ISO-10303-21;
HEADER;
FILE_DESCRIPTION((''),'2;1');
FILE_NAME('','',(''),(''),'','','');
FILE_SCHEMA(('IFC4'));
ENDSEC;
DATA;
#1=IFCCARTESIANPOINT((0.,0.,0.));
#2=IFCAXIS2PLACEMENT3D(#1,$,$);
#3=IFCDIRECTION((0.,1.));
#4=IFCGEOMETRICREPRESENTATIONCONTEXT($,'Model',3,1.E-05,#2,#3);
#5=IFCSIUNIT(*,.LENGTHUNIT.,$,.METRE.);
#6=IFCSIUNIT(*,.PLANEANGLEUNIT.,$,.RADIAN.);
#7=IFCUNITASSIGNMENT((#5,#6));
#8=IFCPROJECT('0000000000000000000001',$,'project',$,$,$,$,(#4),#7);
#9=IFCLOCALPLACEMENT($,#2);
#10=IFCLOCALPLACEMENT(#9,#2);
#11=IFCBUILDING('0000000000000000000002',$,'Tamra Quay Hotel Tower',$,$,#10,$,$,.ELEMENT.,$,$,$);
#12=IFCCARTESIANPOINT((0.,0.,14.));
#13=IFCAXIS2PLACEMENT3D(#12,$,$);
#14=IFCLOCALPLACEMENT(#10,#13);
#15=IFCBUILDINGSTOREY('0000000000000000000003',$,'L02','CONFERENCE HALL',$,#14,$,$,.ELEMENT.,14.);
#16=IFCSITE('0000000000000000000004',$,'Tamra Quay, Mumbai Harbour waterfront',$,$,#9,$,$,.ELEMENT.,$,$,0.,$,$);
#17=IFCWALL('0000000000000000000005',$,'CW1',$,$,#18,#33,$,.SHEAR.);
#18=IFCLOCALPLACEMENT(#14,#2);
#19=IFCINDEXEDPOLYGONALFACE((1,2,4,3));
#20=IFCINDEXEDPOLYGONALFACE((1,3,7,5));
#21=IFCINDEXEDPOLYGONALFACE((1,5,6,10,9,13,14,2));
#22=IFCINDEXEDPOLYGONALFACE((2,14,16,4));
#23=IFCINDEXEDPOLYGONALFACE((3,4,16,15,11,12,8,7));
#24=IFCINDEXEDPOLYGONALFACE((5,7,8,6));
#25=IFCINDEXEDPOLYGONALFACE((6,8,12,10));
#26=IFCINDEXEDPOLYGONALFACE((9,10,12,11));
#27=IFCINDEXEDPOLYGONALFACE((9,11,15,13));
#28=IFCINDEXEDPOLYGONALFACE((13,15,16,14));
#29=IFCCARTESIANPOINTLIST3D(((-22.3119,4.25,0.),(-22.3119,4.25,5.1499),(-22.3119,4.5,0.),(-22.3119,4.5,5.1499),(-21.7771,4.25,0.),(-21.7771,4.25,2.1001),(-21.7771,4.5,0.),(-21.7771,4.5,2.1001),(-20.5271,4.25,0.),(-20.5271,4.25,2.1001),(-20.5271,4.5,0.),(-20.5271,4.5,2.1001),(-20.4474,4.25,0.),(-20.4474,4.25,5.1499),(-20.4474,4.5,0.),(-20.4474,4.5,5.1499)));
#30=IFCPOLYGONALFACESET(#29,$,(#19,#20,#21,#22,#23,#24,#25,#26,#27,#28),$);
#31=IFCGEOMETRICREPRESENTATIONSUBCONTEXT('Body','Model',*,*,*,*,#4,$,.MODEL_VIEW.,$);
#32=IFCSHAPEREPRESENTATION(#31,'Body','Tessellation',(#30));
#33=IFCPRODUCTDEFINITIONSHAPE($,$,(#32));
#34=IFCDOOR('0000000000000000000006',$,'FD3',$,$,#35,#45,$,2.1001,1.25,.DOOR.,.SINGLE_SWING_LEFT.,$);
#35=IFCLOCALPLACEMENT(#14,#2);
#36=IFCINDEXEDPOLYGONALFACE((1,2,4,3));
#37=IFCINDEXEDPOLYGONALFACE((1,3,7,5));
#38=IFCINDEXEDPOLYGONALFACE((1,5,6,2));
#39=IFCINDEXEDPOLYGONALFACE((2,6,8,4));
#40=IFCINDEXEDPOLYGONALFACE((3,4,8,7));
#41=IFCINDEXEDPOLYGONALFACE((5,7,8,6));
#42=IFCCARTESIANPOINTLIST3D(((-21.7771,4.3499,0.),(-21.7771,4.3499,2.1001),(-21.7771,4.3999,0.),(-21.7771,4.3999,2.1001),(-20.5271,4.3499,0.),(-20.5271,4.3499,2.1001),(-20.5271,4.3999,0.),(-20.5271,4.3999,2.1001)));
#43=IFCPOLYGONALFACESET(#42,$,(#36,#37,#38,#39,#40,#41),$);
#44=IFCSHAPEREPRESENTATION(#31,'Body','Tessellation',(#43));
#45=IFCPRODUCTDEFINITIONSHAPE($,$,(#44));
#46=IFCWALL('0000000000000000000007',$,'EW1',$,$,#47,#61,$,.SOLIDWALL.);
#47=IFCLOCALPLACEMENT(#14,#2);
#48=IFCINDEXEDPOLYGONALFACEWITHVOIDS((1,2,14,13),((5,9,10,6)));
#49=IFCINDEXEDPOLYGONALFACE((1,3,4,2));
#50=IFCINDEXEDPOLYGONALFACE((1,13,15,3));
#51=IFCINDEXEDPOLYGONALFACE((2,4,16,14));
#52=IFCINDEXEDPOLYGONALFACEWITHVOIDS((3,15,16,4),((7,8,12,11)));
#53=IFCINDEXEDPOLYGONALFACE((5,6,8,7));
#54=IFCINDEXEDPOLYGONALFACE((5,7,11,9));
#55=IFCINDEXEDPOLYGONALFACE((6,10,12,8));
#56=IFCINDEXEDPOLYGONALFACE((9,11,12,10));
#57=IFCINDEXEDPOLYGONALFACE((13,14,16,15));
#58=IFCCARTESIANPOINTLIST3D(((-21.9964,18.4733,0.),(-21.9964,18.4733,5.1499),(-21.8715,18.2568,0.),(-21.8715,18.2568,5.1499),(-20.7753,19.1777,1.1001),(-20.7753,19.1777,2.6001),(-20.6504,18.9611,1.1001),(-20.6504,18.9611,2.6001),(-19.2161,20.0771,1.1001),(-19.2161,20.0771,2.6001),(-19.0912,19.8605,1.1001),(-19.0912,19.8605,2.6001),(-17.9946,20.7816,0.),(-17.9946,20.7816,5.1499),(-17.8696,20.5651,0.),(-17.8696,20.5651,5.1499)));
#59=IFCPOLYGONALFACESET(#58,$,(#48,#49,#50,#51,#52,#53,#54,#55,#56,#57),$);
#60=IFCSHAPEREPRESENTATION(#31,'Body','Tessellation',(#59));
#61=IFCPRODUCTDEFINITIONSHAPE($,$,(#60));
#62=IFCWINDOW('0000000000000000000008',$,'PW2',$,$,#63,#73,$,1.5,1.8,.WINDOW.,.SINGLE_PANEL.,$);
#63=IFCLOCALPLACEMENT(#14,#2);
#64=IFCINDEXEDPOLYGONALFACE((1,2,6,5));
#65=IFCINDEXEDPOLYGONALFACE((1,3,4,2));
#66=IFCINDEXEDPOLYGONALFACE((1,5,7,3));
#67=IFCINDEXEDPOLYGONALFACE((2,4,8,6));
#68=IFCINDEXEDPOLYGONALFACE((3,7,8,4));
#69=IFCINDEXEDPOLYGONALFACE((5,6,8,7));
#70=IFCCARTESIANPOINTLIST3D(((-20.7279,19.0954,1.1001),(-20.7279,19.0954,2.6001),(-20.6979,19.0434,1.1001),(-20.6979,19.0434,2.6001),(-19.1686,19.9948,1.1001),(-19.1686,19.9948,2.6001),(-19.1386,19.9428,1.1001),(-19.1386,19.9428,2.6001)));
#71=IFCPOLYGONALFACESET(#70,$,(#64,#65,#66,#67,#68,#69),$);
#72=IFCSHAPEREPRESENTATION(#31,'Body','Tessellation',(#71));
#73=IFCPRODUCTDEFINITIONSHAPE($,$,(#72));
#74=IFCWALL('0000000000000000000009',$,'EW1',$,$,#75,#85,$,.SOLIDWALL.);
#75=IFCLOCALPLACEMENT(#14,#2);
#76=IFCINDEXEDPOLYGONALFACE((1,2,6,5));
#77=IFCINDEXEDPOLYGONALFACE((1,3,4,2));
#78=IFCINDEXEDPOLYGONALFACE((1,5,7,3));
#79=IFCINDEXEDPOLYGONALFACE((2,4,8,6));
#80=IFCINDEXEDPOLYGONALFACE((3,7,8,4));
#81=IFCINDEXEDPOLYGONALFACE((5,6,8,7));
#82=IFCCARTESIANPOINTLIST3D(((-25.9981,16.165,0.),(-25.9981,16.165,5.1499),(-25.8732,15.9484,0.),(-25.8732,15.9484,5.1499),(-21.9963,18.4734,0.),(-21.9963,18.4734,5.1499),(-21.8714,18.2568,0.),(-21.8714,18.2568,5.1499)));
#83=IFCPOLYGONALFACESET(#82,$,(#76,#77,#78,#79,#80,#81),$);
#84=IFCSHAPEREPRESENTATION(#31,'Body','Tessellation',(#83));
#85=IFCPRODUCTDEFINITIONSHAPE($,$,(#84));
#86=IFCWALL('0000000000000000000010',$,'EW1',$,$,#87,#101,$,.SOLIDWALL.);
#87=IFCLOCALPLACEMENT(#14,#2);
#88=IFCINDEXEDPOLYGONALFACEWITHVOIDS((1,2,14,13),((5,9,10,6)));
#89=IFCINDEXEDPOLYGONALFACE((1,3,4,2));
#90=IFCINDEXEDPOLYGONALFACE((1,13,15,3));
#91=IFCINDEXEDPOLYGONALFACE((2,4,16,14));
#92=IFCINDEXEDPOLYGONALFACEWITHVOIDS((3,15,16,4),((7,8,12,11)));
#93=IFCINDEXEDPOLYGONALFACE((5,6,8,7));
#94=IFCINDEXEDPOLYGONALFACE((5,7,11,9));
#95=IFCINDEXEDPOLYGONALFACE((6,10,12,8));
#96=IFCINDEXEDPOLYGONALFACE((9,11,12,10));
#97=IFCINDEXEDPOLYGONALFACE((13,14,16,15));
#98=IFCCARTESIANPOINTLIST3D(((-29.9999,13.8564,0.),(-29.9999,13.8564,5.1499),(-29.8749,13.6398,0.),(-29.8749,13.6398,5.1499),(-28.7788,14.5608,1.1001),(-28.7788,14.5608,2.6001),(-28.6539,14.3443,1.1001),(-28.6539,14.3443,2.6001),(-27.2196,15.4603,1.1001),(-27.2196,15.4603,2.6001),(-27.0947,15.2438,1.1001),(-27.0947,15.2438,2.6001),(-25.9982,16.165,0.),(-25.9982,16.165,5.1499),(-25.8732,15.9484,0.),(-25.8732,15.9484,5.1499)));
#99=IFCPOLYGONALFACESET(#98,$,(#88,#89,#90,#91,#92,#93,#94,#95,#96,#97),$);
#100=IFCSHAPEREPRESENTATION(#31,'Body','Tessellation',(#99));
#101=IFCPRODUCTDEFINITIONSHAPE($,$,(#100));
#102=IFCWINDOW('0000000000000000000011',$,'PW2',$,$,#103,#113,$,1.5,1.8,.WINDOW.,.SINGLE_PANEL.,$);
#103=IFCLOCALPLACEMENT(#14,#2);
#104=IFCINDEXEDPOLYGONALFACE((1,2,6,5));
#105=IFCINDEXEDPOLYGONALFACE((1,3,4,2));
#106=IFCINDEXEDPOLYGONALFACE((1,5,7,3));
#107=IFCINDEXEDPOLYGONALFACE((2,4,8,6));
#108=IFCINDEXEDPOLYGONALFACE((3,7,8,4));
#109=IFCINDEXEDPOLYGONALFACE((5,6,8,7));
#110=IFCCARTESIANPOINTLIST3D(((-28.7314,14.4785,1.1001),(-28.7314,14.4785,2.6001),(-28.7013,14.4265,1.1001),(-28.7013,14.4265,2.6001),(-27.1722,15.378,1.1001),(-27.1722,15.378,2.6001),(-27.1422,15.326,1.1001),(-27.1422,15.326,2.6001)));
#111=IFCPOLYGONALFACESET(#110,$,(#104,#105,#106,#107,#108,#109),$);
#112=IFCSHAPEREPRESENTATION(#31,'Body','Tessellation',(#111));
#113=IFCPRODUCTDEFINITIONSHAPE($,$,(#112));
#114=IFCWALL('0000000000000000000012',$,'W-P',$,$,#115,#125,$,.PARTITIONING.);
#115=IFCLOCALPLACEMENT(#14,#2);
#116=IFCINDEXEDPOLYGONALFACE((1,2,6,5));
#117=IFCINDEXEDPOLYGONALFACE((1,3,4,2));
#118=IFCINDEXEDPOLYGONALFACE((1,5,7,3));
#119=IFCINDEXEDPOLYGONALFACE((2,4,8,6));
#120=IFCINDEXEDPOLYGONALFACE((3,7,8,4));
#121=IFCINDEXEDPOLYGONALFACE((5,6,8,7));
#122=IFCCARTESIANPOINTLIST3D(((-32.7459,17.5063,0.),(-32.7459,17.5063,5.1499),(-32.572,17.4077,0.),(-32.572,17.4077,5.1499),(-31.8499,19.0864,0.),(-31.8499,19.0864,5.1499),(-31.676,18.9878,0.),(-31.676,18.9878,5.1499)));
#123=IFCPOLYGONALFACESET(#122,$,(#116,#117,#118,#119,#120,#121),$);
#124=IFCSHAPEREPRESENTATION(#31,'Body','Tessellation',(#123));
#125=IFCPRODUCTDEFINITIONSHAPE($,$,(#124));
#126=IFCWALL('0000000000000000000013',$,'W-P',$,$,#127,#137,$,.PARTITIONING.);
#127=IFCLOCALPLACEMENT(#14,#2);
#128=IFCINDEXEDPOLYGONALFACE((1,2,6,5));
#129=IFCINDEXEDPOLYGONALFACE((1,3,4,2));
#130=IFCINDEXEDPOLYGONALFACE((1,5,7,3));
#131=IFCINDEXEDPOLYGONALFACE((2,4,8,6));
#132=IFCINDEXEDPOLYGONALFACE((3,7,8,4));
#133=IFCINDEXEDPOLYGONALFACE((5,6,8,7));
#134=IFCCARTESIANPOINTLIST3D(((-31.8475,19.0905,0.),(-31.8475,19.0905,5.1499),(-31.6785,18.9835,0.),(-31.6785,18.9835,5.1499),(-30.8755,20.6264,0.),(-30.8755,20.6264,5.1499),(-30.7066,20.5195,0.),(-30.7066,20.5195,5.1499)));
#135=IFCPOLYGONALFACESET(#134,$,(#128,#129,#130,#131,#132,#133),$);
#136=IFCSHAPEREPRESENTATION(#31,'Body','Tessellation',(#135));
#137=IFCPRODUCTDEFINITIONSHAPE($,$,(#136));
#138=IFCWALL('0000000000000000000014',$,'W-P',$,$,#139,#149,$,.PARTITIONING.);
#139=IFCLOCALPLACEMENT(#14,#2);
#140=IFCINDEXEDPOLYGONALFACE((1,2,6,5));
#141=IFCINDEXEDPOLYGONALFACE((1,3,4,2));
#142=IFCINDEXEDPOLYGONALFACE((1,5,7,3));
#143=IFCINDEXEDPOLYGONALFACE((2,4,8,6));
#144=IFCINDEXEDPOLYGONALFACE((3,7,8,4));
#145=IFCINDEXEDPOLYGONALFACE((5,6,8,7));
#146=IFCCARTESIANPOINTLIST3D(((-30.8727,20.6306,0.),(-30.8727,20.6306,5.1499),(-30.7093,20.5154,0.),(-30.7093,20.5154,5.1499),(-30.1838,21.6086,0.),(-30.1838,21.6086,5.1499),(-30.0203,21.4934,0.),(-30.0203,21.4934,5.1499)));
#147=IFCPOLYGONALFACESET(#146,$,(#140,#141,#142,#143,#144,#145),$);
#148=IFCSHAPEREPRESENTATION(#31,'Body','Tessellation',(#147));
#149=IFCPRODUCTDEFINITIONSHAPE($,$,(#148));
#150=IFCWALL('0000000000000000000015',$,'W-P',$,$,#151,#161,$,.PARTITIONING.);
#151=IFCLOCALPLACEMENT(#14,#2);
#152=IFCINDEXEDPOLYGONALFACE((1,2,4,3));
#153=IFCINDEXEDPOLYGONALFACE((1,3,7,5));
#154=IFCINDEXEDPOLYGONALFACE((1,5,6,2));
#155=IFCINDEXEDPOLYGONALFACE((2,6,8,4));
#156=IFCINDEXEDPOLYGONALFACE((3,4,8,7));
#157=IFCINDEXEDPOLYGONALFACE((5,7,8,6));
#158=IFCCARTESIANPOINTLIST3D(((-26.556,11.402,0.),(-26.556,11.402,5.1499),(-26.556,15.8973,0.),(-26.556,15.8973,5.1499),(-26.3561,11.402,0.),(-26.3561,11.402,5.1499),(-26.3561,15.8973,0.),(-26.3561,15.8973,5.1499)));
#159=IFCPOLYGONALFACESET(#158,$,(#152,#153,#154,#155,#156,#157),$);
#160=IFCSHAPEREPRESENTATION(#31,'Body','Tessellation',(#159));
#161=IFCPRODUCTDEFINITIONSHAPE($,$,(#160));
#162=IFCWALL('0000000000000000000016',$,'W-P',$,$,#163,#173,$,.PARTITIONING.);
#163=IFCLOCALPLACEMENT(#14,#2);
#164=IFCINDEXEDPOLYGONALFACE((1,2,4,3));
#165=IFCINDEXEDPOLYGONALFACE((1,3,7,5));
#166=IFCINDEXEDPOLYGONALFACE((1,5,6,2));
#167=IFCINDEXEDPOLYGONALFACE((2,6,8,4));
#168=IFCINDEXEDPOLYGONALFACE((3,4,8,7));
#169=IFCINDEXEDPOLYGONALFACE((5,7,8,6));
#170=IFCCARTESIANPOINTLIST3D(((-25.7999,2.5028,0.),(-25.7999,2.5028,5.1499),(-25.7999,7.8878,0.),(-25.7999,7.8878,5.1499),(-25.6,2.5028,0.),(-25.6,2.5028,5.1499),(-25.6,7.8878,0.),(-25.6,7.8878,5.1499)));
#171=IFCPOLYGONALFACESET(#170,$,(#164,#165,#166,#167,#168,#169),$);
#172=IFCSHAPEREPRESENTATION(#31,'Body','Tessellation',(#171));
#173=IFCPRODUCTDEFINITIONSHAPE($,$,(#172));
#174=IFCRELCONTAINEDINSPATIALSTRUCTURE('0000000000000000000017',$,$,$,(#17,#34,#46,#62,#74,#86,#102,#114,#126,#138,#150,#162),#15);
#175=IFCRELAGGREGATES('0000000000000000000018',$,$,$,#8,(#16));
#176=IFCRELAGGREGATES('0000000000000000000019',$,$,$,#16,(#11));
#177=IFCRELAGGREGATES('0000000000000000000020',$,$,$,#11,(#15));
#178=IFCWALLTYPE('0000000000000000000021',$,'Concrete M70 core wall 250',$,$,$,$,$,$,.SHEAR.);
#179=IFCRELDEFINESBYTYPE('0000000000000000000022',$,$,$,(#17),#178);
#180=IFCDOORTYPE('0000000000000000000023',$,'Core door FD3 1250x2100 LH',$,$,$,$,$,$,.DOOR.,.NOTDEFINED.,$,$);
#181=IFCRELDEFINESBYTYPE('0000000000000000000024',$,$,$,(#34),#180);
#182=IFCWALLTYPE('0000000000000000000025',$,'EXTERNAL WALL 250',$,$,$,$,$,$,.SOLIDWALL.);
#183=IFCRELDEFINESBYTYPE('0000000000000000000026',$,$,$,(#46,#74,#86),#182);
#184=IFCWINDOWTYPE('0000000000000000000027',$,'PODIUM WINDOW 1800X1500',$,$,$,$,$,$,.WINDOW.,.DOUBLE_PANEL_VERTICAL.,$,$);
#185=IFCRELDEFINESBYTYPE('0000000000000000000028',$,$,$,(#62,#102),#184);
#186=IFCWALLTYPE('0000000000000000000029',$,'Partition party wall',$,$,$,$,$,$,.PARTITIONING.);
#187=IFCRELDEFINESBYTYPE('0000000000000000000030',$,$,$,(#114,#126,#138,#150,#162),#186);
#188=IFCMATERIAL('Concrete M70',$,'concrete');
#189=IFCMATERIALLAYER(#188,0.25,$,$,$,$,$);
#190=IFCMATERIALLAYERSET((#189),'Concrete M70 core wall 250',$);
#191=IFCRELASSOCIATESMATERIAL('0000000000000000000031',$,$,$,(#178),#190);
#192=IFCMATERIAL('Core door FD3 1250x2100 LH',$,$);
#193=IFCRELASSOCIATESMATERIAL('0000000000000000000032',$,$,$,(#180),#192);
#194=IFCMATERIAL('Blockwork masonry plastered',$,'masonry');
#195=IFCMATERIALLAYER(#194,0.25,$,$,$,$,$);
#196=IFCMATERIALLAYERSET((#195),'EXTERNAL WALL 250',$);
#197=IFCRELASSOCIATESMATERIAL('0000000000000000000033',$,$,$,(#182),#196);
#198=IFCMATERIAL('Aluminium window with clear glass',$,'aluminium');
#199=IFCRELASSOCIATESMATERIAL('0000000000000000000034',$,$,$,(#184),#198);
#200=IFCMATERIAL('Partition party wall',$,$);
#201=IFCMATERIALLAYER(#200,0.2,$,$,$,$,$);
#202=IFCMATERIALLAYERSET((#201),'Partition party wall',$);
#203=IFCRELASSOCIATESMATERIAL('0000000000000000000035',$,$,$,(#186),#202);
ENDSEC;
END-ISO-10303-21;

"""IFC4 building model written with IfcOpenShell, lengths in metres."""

from ifc_helpers import new_model, si_unit, direction, frame, frame_2d, origin, place, context, subcontext, project, spatial, rectangle, extrude, material, layer, layer_set, type_object, element, fill, save


model = new_model("IFC4")

# Units and contexts
model_context = context("Model", 3, precision=1e-05, world=origin(), true_north=direction((0.0, 1.0)))
body_context = subcontext(model_context, "Body", "Model", "MODEL_VIEW")
ifc_project = project(units=[si_unit("LENGTHUNIT", "METRE"), si_unit("PLANEANGLEUNIT", "RADIAN")], contexts=[model_context])

# Site, building, storey
site_placement = place(None, origin())
site = spatial("IfcSite", under=ifc_project, at=site_placement, Name="Tamra Quay, Mumbai Harbour waterfront", CompositionType="ELEMENT", RefElevation=0.0)
building_placement = place(site_placement, origin())
building = spatial("IfcBuilding", under=site, at=building_placement, Name="Tamra Quay Hotel Tower", CompositionType="ELEMENT")
storey_placement = place(building_placement, frame((0.0, 0.0, 14.0)))
storey = spatial("IfcBuildingStorey", under=building, at=storey_placement, Name="L02", Description="CONFERENCE HALL", CompositionType="ELEMENT", Elevation=14.0)

# Shared definitions
ifc_material_1 = material(Name="Concrete M70", Category="concrete")

# Wall, opening, door
ifc_layer_1 = layer(ifc_material_1, 0.25)
ifc_layer_set_1 = layer_set([ifc_layer_1], Name="Concrete M70 core wall 250")
wall_type_1 = type_object("IfcWallType", Name="Concrete M70 core wall 250", PredefinedType="SHEAR", material=ifc_layer_set_1)
wall_1_placement = place(storey_placement, frame((-22.3118, 4.375, 0.0), z_axis=(0.0, 0.0, 1.0), x_axis=(1.0, 0.0, 0.0)))
wall_1 = element("IfcWall", 1, at=wall_1_placement, inside=storey, type_object=wall_type_1, Name="CW1", PredefinedType="SHEAR", context=body_context, shape_type="SweptSolid", body=[
    extrude(rectangle(XDim=1.8645, YDim=0.25, at=frame_2d((0.9321, 0.0))), origin(), (0.0, 0.0, 1.0), 5.1499),
])
opening_1_placement = place(wall_1_placement, frame((0.5347, 0.0, 0.0)))
opening_1 = element("IfcOpeningElement", 2, at=opening_1_placement, cuts=wall_1, PredefinedType="OPENING", context=body_context, shape_type="SweptSolid", body=[
    extrude(rectangle(XDim=1.25, YDim=2.1001, at=frame_2d((0.625, 1.05))), frame((0.0, 0.135, 0.0), z_axis=(0.0, -1.0, 0.0), x_axis=(1.0, 0.0, 0.0)), (0.0, 0.0, 1.0), 0.27),
])
ifc_material_2 = material(Name="Core door FD3 1250x2100 LH")
door_type = type_object("IfcDoorType", Name="Core door FD3 1250x2100 LH", OperationType="NOTDEFINED", PredefinedType="DOOR", material=ifc_material_2)
door_placement = place(opening_1_placement, origin())
door = element("IfcDoor", 3, at=door_placement, inside=storey, type_object=door_type, Name="FD3", OperationType="SINGLE_SWING_LEFT", OverallHeight=2.1001, OverallWidth=1.25, PredefinedType="DOOR", context=body_context, shape_type="SweptSolid", body=[
    extrude(rectangle(XDim=1.25, YDim=2.1001, at=frame_2d((0.625, 1.05))), frame((0.0, 0.0249, 0.0), z_axis=(0.0, -1.0, 0.0), x_axis=(1.0, 0.0, 0.0)), (0.0, 0.0, 1.0), 0.05),
])
fill(opening_1, door)

# Wall, opening, window
ifc_material_3 = material(Name="Blockwork masonry plastered", Category="masonry")
ifc_layer_2 = layer(ifc_material_3, 0.25)
ifc_layer_set_2 = layer_set([ifc_layer_2], Name="EXTERNAL WALL 250")
wall_type_2 = type_object("IfcWallType", Name="EXTERNAL WALL 250", PredefinedType="SOLIDWALL", material=ifc_layer_set_2)
wall_2_placement = place(storey_placement, frame((-21.9341, 18.365, 0.0), z_axis=(0.0, 0.0, 1.0), x_axis=(0.86623, 0.499646, 0.0)))
wall_2 = element("IfcWall", 4, at=wall_2_placement, inside=storey, type_object=wall_type_2, Name="EW1", PredefinedType="SOLIDWALL", context=body_context, shape_type="SweptSolid", body=[
    extrude(rectangle(XDim=4.6199, YDim=0.25, at=frame_2d((2.3101, 0.0))), origin(), (0.0, 0.0, 1.0), 5.1499),
])
opening_2_placement = place(wall_2_placement, frame((1.4099, 0.0, 1.1001)))
opening_2 = element("IfcOpeningElement", 5, at=opening_2_placement, cuts=wall_2, PredefinedType="OPENING", context=body_context, shape_type="SweptSolid", body=[
    extrude(rectangle(XDim=1.8, YDim=1.5, at=frame_2d((0.8999, 0.75))), frame((0.0, 0.135, 0.0), z_axis=(0.0, -1.0, 0.0), x_axis=(1.0, 0.0, 0.0)), (0.0, 0.0, 1.0), 0.27),
])
ifc_material_4 = material(Name="Aluminium window with clear glass", Category="aluminium")
window_type = type_object("IfcWindowType", Name="PODIUM WINDOW 1800X1500", PartitioningType="DOUBLE_PANEL_VERTICAL", PredefinedType="WINDOW", material=ifc_material_4)
window_1_placement = place(opening_2_placement, origin())
window_1 = element("IfcWindow", 6, at=window_1_placement, inside=storey, type_object=window_type, Name="PW2", OverallHeight=1.5, OverallWidth=1.8, PartitioningType="SINGLE_PANEL", PredefinedType="WINDOW", context=body_context, shape_type="SweptSolid", body=[
    extrude(rectangle(XDim=1.8, YDim=1.5, at=frame_2d((0.8999, 0.75))), frame((0.0, 0.03, 0.0), z_axis=(0.0, -1.0, 0.0), x_axis=(1.0, 0.0, 0.0)), (0.0, 0.0, 1.0), 0.0601),
])
fill(opening_2, window_1)

# Wall
wall_3_placement = place(storey_placement, frame((-25.9358, 16.0566, 0.0), z_axis=(0.0, 0.0, 1.0), x_axis=(0.866216, 0.499669, 0.0)))
element("IfcWall", 7, at=wall_3_placement, inside=storey, type_object=wall_type_2, Name="EW1", PredefinedType="SOLIDWALL", context=body_context, shape_type="SweptSolid", body=[
    extrude(rectangle(XDim=4.6199, YDim=0.25, at=frame_2d((2.3101, 0.0))), origin(), (0.0, 0.0, 1.0), 5.1499),
])

# Wall, opening, window
wall_4_placement = place(storey_placement, frame((-29.9375, 13.748, 0.0), z_axis=(0.0, 0.0, 1.0), x_axis=(0.866194, 0.499709, 0.0)))
wall_4 = element("IfcWall", 8, at=wall_4_placement, inside=storey, type_object=wall_type_2, Name="EW1", PredefinedType="SOLIDWALL", context=body_context, shape_type="SweptSolid", body=[
    extrude(rectangle(XDim=4.6199, YDim=0.25, at=frame_2d((2.3101, 0.0))), origin(), (0.0, 0.0, 1.0), 5.1499),
])
opening_3_placement = place(wall_4_placement, frame((1.4099, 0.0, 1.1001)))
opening_3 = element("IfcOpeningElement", 9, at=opening_3_placement, cuts=wall_4, PredefinedType="OPENING", context=body_context, shape_type="SweptSolid", body=[
    extrude(rectangle(XDim=1.8, YDim=1.5, at=frame_2d((0.8999, 0.75))), frame((0.0, 0.135, 0.0), z_axis=(0.0, -1.0, 0.0), x_axis=(1.0, 0.0, 0.0)), (0.0, 0.0, 1.0), 0.27),
])
window_2_placement = place(opening_3_placement, origin())
window_2 = element("IfcWindow", 10, at=window_2_placement, inside=storey, type_object=window_type, Name="PW2", OverallHeight=1.5, OverallWidth=1.8, PartitioningType="SINGLE_PANEL", PredefinedType="WINDOW", context=body_context, shape_type="SweptSolid", body=[
    extrude(rectangle(XDim=1.8, YDim=1.5, at=frame_2d((0.8999, 0.75))), frame((0.0, 0.03, 0.0), z_axis=(0.0, -1.0, 0.0), x_axis=(1.0, 0.0, 0.0)), (0.0, 0.0, 1.0), 0.0601),
])
fill(opening_3, window_2)

# Walls
ifc_material_5 = material(Name="Partition party wall")
ifc_layer_3 = layer(ifc_material_5, 0.2)
ifc_layer_set_3 = layer_set([ifc_layer_3], Name="Partition party wall")
wall_type_3 = type_object("IfcWallType", Name="Partition party wall", PredefinedType="PARTITIONING", material=ifc_layer_set_3)
wall_5_placement = place(storey_placement, frame((-32.6589, 17.457, 0.0), z_axis=(0.0, 0.0, 1.0), x_axis=(0.49327, 0.869876, 0.0)))
element("IfcWall", 11, at=wall_5_placement, inside=storey, type_object=wall_type_3, Name="W-P", PredefinedType="PARTITIONING", context=body_context, shape_type="SweptSolid", body=[
    extrude(rectangle(XDim=1.8164, YDim=0.2, at=frame_2d((0.9082, 0.0))), origin(), (0.0, 0.0, 1.0), 5.1499),
])
wall_6_placement = place(storey_placement, frame((-31.7629, 19.0371, 0.0), z_axis=(0.0, 0.0, 1.0), x_axis=(0.534736, 0.845019, 0.0)))
element("IfcWall", 12, at=wall_6_placement, inside=storey, type_object=wall_type_3, Name="W-P", PredefinedType="PARTITIONING", context=body_context, shape_type="SweptSolid", body=[
    extrude(rectangle(XDim=1.8176, YDim=0.2, at=frame_2d((0.9087, 0.0))), origin(), (0.0, 0.0, 1.0), 5.1499),
])
wall_7_placement = place(storey_placement, frame((-30.791, 20.573, 0.0), z_axis=(0.0, 0.0, 1.0), x_axis=(0.575898, 0.817522, 0.0)))
element("IfcWall", 13, at=wall_7_placement, inside=storey, type_object=wall_type_3, Name="W-P", PredefinedType="PARTITIONING", context=body_context, shape_type="SweptSolid", body=[
    extrude(rectangle(XDim=1.1963, YDim=0.2, at=frame_2d((0.5981, 0.0))), origin(), (0.0, 0.0, 1.0), 5.1499),
])
wall_8_placement = place(storey_placement, frame((-26.4561, 11.4021, 0.0), z_axis=(0.0, 0.0, 1.0), x_axis=(0.0, 1.0, 0.0)))
element("IfcWall", 14, at=wall_8_placement, inside=storey, type_object=wall_type_3, Name="W-P", PredefinedType="PARTITIONING", context=body_context, shape_type="SweptSolid", body=[
    extrude(rectangle(XDim=4.4954, YDim=0.2, at=frame_2d((2.2476, 0.0))), origin(), (0.0, 0.0, 1.0), 5.1499),
])
wall_9_placement = place(storey_placement, frame((-25.7, 2.5029, 0.0), z_axis=(0.0, 0.0, 1.0), x_axis=(0.0, 1.0, 0.0)))
element("IfcWall", 15, at=wall_9_placement, inside=storey, type_object=wall_type_3, Name="W-P", PredefinedType="PARTITIONING", context=body_context, shape_type="SweptSolid", body=[
    extrude(rectangle(XDim=5.385, YDim=0.2, at=frame_2d((2.6924, 0.0))), origin(), (0.0, 0.0, 1.0), 5.1499),
])

save(model, "model.ifc")
